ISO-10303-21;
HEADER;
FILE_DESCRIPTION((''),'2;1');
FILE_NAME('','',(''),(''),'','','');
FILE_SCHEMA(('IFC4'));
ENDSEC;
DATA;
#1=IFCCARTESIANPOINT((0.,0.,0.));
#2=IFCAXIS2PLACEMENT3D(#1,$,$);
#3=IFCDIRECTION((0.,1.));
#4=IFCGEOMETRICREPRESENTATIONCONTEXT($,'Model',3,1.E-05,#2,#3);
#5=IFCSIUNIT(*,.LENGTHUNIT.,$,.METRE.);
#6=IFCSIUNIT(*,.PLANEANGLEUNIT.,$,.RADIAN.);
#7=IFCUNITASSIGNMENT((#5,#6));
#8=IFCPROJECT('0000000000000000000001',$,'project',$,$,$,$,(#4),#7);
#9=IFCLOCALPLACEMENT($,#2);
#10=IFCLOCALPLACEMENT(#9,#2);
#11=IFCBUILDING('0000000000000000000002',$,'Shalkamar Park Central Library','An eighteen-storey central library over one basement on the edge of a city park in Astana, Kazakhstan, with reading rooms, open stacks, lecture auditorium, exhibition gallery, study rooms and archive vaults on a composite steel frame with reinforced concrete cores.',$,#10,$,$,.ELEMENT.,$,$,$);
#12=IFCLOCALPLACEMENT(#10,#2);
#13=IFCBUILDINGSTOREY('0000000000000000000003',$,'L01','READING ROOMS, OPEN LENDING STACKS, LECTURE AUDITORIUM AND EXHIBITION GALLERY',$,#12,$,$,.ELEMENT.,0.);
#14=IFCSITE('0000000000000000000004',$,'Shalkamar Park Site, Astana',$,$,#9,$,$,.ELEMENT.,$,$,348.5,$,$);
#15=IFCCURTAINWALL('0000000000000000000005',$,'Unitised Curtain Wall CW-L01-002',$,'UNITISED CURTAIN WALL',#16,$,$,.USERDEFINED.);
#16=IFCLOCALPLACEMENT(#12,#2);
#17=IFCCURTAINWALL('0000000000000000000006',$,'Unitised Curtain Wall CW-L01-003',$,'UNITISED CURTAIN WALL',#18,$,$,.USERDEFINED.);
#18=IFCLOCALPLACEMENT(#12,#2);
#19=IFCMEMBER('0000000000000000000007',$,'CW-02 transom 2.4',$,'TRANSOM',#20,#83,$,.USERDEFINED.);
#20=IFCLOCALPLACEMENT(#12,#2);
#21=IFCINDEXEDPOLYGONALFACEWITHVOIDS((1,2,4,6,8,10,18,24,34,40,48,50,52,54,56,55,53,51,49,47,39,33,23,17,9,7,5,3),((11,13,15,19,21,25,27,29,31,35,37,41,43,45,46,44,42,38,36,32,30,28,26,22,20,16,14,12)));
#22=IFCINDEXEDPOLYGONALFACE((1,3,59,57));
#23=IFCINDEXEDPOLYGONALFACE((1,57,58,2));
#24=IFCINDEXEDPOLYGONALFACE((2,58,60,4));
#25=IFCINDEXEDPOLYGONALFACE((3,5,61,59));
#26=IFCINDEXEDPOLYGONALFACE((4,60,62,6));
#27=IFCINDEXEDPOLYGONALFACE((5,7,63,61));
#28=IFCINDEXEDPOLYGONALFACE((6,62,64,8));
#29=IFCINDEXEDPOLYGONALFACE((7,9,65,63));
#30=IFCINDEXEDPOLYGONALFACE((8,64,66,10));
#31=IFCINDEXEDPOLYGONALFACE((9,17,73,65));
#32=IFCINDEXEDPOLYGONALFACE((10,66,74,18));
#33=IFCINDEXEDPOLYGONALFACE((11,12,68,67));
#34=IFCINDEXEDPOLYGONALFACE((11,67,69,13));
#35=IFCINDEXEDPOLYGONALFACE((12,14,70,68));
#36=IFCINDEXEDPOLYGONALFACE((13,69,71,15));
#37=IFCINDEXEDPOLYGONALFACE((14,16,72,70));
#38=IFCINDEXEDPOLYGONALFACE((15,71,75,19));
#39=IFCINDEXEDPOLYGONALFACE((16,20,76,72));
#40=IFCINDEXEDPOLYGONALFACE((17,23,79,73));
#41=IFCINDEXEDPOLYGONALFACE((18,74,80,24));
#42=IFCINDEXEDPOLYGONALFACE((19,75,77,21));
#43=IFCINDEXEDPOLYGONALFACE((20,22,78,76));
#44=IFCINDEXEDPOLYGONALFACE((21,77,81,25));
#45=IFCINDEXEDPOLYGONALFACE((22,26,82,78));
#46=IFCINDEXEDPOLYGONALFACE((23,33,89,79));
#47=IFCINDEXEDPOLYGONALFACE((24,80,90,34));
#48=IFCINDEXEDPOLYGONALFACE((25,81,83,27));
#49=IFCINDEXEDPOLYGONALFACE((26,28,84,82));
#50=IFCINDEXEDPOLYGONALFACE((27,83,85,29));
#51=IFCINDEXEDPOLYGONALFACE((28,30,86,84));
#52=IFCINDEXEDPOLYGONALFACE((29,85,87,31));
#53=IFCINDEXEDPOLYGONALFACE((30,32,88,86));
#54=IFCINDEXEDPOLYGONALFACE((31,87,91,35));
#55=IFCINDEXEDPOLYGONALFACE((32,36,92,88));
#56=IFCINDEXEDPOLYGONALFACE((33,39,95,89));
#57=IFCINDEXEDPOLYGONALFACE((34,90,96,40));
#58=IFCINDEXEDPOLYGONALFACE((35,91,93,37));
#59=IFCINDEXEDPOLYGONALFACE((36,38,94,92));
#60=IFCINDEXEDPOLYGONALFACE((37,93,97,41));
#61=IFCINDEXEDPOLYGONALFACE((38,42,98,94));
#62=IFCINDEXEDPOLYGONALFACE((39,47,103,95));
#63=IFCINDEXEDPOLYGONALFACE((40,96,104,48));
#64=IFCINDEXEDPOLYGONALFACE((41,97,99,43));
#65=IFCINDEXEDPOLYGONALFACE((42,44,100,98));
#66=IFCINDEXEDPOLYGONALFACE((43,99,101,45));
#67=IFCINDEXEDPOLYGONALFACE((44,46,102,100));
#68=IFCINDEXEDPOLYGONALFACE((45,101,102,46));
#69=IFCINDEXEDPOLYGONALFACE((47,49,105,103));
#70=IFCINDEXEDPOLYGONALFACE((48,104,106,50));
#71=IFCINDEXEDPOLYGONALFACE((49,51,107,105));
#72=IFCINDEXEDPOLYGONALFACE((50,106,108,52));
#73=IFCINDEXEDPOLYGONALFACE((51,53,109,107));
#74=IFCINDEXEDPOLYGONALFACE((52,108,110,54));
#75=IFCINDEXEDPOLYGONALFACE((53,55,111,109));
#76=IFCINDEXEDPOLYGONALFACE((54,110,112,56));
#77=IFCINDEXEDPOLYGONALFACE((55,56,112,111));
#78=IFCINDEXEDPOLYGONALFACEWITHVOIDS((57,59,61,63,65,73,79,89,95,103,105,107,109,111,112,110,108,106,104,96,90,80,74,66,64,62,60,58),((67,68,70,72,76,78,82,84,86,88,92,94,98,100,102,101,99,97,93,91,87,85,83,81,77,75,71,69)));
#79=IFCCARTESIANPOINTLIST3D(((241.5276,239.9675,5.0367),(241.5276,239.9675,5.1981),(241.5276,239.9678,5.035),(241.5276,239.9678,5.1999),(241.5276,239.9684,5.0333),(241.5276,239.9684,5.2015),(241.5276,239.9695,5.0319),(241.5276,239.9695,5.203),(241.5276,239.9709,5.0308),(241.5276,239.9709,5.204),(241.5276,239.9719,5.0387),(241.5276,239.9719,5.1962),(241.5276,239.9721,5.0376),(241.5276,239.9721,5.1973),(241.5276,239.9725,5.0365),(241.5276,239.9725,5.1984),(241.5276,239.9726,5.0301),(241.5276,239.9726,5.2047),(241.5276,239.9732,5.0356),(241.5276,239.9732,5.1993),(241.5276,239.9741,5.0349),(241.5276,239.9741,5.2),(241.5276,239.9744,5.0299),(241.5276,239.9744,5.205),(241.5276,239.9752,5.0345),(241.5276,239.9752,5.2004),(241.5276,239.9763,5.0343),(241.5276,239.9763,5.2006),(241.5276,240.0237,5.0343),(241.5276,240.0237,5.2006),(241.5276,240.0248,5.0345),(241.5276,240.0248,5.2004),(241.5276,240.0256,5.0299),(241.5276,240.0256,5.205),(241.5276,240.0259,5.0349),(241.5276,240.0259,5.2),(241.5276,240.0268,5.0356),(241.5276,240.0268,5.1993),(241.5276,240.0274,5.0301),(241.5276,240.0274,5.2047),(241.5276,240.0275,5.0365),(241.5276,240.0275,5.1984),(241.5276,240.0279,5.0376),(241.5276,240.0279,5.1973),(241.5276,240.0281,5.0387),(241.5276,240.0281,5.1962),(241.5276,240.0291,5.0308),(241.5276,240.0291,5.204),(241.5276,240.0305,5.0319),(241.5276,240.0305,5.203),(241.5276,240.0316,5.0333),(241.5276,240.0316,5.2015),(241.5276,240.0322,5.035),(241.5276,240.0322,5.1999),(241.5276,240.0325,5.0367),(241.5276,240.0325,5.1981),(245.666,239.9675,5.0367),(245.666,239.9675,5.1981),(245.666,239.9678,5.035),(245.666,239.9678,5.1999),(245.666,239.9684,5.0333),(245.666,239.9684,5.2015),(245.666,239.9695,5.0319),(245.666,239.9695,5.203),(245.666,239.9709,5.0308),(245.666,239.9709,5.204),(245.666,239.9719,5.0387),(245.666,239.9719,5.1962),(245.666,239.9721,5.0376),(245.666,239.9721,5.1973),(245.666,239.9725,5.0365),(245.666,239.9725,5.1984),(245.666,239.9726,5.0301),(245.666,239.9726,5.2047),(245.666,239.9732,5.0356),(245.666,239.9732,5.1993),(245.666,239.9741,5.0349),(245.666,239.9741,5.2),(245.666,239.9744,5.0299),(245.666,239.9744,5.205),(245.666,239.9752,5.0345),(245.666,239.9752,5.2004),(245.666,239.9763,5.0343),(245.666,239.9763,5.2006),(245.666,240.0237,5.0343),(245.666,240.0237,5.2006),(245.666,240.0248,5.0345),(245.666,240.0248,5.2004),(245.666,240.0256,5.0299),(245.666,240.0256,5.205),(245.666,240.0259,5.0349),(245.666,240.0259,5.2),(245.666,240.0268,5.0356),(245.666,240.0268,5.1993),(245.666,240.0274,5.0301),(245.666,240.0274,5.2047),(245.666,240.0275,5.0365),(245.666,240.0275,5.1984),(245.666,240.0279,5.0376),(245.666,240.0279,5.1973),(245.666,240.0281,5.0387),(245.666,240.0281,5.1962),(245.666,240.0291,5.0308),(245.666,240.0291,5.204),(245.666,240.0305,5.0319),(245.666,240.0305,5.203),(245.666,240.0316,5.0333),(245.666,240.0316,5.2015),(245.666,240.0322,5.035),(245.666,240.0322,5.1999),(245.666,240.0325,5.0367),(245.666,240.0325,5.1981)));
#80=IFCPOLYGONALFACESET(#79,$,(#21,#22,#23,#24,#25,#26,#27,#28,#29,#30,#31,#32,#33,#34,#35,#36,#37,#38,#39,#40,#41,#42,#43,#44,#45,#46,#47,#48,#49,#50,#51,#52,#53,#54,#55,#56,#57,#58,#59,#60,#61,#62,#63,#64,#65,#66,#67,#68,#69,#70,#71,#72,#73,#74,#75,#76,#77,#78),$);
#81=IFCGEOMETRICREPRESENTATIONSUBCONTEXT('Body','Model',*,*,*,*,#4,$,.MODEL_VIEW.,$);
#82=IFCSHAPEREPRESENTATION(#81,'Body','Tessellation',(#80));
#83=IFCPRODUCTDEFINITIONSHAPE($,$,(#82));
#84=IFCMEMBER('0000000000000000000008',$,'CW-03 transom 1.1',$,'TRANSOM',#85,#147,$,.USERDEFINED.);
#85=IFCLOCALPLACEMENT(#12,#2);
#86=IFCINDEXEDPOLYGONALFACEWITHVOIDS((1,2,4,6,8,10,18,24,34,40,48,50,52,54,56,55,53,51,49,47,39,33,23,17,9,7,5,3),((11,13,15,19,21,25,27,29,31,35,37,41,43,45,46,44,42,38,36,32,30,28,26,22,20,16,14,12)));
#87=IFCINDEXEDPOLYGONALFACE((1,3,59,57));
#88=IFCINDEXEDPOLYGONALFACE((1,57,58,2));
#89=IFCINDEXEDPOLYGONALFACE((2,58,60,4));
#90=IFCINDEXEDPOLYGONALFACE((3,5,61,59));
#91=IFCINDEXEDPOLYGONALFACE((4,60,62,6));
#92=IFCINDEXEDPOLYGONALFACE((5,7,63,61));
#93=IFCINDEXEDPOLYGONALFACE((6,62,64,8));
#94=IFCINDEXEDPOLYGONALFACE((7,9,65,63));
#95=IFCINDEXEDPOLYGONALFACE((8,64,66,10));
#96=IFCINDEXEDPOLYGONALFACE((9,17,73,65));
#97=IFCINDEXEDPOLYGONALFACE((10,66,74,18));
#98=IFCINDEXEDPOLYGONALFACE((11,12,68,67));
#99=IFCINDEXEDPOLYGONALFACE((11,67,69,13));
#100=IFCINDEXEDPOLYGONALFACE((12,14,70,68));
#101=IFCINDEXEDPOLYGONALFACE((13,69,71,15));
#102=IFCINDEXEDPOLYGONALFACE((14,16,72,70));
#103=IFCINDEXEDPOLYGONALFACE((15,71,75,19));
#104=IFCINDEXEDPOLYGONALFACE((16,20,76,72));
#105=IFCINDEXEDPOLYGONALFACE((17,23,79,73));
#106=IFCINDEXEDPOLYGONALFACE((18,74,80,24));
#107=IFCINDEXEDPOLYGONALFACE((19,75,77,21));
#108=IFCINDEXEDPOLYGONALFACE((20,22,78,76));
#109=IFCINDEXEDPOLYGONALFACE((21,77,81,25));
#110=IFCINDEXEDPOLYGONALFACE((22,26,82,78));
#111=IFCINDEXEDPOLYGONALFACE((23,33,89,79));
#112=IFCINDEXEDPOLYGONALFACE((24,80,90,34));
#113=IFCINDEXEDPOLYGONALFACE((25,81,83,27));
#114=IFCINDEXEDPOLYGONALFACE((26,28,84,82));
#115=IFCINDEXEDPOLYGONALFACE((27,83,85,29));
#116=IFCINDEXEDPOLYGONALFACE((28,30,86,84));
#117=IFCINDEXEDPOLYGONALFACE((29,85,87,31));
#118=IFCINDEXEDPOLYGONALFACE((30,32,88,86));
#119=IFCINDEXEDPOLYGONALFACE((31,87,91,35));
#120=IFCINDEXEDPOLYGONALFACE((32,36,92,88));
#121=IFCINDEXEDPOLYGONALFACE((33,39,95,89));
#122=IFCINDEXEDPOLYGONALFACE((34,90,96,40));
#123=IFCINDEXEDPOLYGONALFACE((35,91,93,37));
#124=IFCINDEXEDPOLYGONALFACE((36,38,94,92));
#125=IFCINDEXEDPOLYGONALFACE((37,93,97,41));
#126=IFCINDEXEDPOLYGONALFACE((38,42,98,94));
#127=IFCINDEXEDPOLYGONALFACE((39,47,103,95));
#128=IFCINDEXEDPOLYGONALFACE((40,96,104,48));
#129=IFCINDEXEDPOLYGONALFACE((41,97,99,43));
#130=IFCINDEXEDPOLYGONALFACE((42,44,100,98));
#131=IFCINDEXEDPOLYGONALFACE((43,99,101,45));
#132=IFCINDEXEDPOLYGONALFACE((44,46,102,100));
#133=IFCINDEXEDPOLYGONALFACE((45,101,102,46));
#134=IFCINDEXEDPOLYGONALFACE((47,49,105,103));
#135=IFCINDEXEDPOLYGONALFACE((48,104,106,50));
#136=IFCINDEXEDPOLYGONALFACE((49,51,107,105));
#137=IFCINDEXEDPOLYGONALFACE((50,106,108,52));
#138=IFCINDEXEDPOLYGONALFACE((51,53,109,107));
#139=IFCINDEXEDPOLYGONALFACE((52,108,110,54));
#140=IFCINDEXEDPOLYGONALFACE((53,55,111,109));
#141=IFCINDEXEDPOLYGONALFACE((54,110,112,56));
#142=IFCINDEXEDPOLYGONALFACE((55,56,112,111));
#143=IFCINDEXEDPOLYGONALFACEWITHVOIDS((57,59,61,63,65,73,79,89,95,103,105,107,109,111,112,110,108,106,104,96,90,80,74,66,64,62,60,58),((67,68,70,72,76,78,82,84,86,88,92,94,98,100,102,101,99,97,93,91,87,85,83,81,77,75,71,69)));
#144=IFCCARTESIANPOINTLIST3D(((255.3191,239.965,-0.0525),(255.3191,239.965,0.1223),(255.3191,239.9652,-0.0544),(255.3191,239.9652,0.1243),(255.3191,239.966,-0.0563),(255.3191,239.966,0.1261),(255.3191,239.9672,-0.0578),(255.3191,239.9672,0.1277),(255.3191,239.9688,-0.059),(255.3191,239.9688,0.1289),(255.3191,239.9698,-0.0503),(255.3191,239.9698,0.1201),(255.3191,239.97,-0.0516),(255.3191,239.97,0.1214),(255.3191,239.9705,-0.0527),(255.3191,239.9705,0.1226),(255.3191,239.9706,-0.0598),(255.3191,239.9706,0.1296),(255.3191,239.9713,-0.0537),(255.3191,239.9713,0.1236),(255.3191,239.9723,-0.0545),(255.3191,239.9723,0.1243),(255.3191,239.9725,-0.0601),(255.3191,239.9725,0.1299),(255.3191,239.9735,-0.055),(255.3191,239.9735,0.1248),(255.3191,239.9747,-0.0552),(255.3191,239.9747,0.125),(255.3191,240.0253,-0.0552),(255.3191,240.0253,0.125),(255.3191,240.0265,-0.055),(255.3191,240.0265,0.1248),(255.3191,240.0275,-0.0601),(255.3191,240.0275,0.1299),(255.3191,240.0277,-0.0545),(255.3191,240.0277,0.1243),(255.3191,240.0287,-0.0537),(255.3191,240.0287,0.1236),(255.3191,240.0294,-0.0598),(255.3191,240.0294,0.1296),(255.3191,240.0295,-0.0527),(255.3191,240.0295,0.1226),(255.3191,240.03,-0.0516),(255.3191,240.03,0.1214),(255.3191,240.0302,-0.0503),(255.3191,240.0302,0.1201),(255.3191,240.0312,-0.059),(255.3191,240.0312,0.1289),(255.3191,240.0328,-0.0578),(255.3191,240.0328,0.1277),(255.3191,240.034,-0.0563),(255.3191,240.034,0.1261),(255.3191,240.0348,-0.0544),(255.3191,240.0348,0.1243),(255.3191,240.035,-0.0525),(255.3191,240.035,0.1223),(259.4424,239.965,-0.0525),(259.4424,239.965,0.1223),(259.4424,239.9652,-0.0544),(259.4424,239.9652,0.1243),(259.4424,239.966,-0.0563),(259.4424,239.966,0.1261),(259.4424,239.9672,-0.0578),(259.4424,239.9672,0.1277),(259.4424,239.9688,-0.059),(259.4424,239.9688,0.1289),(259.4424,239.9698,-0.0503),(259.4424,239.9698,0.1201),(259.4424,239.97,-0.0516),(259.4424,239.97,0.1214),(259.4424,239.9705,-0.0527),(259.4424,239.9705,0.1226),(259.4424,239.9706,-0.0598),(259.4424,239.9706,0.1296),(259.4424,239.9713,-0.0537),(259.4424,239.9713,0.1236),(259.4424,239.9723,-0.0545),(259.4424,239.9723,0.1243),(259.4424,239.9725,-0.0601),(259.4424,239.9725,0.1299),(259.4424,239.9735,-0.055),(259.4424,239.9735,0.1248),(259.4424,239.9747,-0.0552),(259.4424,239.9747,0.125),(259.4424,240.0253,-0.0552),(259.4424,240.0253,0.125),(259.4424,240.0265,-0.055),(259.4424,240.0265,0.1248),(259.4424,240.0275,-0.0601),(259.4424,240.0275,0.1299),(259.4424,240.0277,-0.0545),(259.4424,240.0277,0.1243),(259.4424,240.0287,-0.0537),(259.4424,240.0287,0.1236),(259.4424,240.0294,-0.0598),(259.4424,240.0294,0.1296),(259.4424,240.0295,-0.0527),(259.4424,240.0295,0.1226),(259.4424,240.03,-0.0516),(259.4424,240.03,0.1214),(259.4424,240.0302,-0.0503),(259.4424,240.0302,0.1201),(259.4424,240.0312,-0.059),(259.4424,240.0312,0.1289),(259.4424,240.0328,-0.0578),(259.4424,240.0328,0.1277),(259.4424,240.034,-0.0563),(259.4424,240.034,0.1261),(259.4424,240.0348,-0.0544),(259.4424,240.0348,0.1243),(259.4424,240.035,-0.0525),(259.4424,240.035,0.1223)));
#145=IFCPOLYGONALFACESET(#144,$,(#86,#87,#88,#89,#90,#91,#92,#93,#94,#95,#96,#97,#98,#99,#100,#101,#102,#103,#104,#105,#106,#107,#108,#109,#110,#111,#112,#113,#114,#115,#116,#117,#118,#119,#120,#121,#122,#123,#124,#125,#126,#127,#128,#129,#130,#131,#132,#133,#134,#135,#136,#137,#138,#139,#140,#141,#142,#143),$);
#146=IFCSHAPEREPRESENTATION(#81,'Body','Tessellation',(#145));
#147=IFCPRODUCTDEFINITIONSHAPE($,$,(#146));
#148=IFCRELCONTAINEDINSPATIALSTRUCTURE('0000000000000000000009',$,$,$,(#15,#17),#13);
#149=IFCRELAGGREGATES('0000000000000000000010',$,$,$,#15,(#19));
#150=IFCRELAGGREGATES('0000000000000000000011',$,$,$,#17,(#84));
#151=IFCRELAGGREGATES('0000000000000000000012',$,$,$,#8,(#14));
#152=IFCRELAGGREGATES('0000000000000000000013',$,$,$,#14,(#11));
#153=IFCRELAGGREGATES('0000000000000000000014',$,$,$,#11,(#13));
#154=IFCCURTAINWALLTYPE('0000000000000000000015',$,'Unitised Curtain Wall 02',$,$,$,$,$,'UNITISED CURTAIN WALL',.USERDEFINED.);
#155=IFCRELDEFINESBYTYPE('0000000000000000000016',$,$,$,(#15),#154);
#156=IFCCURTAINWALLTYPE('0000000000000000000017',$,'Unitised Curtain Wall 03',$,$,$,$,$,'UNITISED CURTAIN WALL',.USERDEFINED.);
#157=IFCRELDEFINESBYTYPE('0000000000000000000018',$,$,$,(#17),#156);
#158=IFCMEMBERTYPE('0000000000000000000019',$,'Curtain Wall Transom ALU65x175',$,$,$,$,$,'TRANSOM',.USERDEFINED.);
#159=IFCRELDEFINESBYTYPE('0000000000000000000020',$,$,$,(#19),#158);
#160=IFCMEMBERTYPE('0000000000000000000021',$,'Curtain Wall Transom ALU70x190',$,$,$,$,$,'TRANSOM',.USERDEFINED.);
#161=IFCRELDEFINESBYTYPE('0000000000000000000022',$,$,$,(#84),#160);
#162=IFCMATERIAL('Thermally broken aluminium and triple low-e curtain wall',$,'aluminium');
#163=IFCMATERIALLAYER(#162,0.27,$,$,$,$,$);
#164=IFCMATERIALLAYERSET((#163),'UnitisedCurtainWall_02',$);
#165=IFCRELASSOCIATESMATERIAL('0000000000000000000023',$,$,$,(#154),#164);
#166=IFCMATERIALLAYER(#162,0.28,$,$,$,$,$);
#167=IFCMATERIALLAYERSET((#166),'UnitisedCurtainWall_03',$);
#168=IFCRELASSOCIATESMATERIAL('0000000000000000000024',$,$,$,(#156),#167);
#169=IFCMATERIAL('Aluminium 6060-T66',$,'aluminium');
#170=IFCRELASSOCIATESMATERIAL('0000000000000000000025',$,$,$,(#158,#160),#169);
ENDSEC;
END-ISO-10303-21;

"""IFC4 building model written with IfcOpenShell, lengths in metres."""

from ifc_helpers import new_model, si_unit, direction, frame, origin, origin_2d, place, context, subcontext, project, spatial, hollow_rectangle, extrude, material, layer, layer_set, material_profile, profile_set, type_object, element, aggregate, save


model = new_model("IFC4")

# Units and contexts
model_context = context("Model", 3, precision=1e-05, world=origin(), true_north=direction((0.0, 1.0)))
body_context = subcontext(model_context, "Body", "Model", "MODEL_VIEW")
ifc_project = project(units=[si_unit("LENGTHUNIT", "METRE"), si_unit("PLANEANGLEUNIT", "RADIAN")], contexts=[model_context])

# Site, building, storey
site_placement = place(None, origin())
site = spatial("IfcSite", under=ifc_project, at=site_placement, Name="Shalkamar Park Site, Astana", CompositionType="ELEMENT", RefElevation=348.5)
building_placement = place(site_placement, origin())
building = spatial("IfcBuilding", under=site, at=building_placement, Name="Shalkamar Park Central Library", Description="An eighteen-storey central library over one basement on the edge of a city park in Astana, Kazakhstan, with reading rooms, open stacks, lecture auditorium, exhibition gallery, study rooms and archive vaults on a composite steel frame with reinforced concrete cores.", CompositionType="ELEMENT")
storey_placement = place(building_placement, origin())
storey = spatial("IfcBuildingStorey", under=building, at=storey_placement, Name="L01", Description="READING ROOMS, OPEN LENDING STACKS, LECTURE AUDITORIUM AND EXHIBITION GALLERY", CompositionType="ELEMENT", Elevation=0.0)

# Curtain wall
ifc_material_1 = material(Name="Thermally broken aluminium and triple low-e curtain wall", Category="aluminium")
ifc_layer_1 = layer(ifc_material_1, 0.27)
ifc_layer_set_1 = layer_set([ifc_layer_1], Name="UnitisedCurtainWall_02")
curtain_wall_type_1 = type_object("IfcCurtainWallType", Name="Unitised Curtain Wall 02", ElementType="UNITISED CURTAIN WALL", PredefinedType="USERDEFINED", material=ifc_layer_set_1)
curtain_wall_1_placement = place(storey_placement, origin())
curtain_wall_1 = element("IfcCurtainWall", 1, at=curtain_wall_1_placement, inside=storey, type_object=curtain_wall_type_1, Name="Unitised Curtain Wall CW-L01-002", ObjectType="UNITISED CURTAIN WALL", PredefinedType="USERDEFINED")
ifc_material_2 = material(Name="Aluminium 6060-T66", Category="aluminium")

# Curtain wall
ifc_layer_2 = layer(ifc_material_1, 0.28)
ifc_layer_set_2 = layer_set([ifc_layer_2], Name="UnitisedCurtainWall_03")
curtain_wall_type_2 = type_object("IfcCurtainWallType", Name="Unitised Curtain Wall 03", ElementType="UNITISED CURTAIN WALL", PredefinedType="USERDEFINED", material=ifc_layer_set_2)
curtain_wall_2_placement = place(storey_placement, origin())
curtain_wall_2 = element("IfcCurtainWall", 2, at=curtain_wall_2_placement, inside=storey, type_object=curtain_wall_type_2, Name="Unitised Curtain Wall CW-L01-003", ObjectType="UNITISED CURTAIN WALL", PredefinedType="USERDEFINED")

# Members
ifc_material_profile_1 = material_profile(ifc_material_2, hollow_rectangle(XDim=0.0649, YDim=0.175, WallThickness=0.0044, InnerFilletRadius=0.0044, OuterFilletRadius=0.0068, at=origin_2d()), Name="ALU 65x175x4.5")
ifc_profile_set_1 = profile_set([ifc_material_profile_1], Name="Aluminium 6060-T66")
member_type_1 = type_object("IfcMemberType", Name="Curtain Wall Transom ALU65x175", ElementType="TRANSOM", PredefinedType="USERDEFINED", material=ifc_profile_set_1)
member_1_placement = place(storey_placement, frame((241.5276, 240.0, 5.1174), z_axis=(1.0, 0.0, 0.0), x_axis=(0.0, 1.0, 0.0)))
member_1 = element("IfcMember", 3, at=member_1_placement, type_object=member_type_1, Name="CW-02 transom 2.4", ObjectType="TRANSOM", PredefinedType="USERDEFINED", context=body_context, shape_type="SweptSolid", body=[
    extrude(hollow_rectangle(XDim=0.0649, YDim=0.175, WallThickness=0.0044, InnerFilletRadius=0.0044, OuterFilletRadius=0.0068, at=origin_2d()), origin(), (0.0, 0.0, 1.0), 4.1384),
])
ifc_material_profile_2 = material_profile(ifc_material_2, hollow_rectangle(XDim=0.0701, YDim=0.1899, WallThickness=0.0049, InnerFilletRadius=0.0049, OuterFilletRadius=0.0076, at=origin_2d()), Name="ALU 70x190x5")
ifc_profile_set_2 = profile_set([ifc_material_profile_2], Name="Aluminium 6060-T66")
member_type_2 = type_object("IfcMemberType", Name="Curtain Wall Transom ALU70x190", ElementType="TRANSOM", PredefinedType="USERDEFINED", material=ifc_profile_set_2)
member_2_placement = place(storey_placement, frame((255.3191, 240.0, 0.0349), z_axis=(1.0, 0.0, 0.0), x_axis=(0.0, 1.0, 0.0)))
member_2 = element("IfcMember", 4, at=member_2_placement, type_object=member_type_2, Name="CW-03 transom 1.1", ObjectType="TRANSOM", PredefinedType="USERDEFINED", context=body_context, shape_type="SweptSolid", body=[
    extrude(hollow_rectangle(XDim=0.0701, YDim=0.1899, WallThickness=0.0049, InnerFilletRadius=0.0049, OuterFilletRadius=0.0076, at=origin_2d()), origin(), (0.0, 0.0, 1.0), 4.1233),
])

aggregate(curtain_wall_1, [member_1])
aggregate(curtain_wall_2, [member_2])

save(model, "model.ifc")
